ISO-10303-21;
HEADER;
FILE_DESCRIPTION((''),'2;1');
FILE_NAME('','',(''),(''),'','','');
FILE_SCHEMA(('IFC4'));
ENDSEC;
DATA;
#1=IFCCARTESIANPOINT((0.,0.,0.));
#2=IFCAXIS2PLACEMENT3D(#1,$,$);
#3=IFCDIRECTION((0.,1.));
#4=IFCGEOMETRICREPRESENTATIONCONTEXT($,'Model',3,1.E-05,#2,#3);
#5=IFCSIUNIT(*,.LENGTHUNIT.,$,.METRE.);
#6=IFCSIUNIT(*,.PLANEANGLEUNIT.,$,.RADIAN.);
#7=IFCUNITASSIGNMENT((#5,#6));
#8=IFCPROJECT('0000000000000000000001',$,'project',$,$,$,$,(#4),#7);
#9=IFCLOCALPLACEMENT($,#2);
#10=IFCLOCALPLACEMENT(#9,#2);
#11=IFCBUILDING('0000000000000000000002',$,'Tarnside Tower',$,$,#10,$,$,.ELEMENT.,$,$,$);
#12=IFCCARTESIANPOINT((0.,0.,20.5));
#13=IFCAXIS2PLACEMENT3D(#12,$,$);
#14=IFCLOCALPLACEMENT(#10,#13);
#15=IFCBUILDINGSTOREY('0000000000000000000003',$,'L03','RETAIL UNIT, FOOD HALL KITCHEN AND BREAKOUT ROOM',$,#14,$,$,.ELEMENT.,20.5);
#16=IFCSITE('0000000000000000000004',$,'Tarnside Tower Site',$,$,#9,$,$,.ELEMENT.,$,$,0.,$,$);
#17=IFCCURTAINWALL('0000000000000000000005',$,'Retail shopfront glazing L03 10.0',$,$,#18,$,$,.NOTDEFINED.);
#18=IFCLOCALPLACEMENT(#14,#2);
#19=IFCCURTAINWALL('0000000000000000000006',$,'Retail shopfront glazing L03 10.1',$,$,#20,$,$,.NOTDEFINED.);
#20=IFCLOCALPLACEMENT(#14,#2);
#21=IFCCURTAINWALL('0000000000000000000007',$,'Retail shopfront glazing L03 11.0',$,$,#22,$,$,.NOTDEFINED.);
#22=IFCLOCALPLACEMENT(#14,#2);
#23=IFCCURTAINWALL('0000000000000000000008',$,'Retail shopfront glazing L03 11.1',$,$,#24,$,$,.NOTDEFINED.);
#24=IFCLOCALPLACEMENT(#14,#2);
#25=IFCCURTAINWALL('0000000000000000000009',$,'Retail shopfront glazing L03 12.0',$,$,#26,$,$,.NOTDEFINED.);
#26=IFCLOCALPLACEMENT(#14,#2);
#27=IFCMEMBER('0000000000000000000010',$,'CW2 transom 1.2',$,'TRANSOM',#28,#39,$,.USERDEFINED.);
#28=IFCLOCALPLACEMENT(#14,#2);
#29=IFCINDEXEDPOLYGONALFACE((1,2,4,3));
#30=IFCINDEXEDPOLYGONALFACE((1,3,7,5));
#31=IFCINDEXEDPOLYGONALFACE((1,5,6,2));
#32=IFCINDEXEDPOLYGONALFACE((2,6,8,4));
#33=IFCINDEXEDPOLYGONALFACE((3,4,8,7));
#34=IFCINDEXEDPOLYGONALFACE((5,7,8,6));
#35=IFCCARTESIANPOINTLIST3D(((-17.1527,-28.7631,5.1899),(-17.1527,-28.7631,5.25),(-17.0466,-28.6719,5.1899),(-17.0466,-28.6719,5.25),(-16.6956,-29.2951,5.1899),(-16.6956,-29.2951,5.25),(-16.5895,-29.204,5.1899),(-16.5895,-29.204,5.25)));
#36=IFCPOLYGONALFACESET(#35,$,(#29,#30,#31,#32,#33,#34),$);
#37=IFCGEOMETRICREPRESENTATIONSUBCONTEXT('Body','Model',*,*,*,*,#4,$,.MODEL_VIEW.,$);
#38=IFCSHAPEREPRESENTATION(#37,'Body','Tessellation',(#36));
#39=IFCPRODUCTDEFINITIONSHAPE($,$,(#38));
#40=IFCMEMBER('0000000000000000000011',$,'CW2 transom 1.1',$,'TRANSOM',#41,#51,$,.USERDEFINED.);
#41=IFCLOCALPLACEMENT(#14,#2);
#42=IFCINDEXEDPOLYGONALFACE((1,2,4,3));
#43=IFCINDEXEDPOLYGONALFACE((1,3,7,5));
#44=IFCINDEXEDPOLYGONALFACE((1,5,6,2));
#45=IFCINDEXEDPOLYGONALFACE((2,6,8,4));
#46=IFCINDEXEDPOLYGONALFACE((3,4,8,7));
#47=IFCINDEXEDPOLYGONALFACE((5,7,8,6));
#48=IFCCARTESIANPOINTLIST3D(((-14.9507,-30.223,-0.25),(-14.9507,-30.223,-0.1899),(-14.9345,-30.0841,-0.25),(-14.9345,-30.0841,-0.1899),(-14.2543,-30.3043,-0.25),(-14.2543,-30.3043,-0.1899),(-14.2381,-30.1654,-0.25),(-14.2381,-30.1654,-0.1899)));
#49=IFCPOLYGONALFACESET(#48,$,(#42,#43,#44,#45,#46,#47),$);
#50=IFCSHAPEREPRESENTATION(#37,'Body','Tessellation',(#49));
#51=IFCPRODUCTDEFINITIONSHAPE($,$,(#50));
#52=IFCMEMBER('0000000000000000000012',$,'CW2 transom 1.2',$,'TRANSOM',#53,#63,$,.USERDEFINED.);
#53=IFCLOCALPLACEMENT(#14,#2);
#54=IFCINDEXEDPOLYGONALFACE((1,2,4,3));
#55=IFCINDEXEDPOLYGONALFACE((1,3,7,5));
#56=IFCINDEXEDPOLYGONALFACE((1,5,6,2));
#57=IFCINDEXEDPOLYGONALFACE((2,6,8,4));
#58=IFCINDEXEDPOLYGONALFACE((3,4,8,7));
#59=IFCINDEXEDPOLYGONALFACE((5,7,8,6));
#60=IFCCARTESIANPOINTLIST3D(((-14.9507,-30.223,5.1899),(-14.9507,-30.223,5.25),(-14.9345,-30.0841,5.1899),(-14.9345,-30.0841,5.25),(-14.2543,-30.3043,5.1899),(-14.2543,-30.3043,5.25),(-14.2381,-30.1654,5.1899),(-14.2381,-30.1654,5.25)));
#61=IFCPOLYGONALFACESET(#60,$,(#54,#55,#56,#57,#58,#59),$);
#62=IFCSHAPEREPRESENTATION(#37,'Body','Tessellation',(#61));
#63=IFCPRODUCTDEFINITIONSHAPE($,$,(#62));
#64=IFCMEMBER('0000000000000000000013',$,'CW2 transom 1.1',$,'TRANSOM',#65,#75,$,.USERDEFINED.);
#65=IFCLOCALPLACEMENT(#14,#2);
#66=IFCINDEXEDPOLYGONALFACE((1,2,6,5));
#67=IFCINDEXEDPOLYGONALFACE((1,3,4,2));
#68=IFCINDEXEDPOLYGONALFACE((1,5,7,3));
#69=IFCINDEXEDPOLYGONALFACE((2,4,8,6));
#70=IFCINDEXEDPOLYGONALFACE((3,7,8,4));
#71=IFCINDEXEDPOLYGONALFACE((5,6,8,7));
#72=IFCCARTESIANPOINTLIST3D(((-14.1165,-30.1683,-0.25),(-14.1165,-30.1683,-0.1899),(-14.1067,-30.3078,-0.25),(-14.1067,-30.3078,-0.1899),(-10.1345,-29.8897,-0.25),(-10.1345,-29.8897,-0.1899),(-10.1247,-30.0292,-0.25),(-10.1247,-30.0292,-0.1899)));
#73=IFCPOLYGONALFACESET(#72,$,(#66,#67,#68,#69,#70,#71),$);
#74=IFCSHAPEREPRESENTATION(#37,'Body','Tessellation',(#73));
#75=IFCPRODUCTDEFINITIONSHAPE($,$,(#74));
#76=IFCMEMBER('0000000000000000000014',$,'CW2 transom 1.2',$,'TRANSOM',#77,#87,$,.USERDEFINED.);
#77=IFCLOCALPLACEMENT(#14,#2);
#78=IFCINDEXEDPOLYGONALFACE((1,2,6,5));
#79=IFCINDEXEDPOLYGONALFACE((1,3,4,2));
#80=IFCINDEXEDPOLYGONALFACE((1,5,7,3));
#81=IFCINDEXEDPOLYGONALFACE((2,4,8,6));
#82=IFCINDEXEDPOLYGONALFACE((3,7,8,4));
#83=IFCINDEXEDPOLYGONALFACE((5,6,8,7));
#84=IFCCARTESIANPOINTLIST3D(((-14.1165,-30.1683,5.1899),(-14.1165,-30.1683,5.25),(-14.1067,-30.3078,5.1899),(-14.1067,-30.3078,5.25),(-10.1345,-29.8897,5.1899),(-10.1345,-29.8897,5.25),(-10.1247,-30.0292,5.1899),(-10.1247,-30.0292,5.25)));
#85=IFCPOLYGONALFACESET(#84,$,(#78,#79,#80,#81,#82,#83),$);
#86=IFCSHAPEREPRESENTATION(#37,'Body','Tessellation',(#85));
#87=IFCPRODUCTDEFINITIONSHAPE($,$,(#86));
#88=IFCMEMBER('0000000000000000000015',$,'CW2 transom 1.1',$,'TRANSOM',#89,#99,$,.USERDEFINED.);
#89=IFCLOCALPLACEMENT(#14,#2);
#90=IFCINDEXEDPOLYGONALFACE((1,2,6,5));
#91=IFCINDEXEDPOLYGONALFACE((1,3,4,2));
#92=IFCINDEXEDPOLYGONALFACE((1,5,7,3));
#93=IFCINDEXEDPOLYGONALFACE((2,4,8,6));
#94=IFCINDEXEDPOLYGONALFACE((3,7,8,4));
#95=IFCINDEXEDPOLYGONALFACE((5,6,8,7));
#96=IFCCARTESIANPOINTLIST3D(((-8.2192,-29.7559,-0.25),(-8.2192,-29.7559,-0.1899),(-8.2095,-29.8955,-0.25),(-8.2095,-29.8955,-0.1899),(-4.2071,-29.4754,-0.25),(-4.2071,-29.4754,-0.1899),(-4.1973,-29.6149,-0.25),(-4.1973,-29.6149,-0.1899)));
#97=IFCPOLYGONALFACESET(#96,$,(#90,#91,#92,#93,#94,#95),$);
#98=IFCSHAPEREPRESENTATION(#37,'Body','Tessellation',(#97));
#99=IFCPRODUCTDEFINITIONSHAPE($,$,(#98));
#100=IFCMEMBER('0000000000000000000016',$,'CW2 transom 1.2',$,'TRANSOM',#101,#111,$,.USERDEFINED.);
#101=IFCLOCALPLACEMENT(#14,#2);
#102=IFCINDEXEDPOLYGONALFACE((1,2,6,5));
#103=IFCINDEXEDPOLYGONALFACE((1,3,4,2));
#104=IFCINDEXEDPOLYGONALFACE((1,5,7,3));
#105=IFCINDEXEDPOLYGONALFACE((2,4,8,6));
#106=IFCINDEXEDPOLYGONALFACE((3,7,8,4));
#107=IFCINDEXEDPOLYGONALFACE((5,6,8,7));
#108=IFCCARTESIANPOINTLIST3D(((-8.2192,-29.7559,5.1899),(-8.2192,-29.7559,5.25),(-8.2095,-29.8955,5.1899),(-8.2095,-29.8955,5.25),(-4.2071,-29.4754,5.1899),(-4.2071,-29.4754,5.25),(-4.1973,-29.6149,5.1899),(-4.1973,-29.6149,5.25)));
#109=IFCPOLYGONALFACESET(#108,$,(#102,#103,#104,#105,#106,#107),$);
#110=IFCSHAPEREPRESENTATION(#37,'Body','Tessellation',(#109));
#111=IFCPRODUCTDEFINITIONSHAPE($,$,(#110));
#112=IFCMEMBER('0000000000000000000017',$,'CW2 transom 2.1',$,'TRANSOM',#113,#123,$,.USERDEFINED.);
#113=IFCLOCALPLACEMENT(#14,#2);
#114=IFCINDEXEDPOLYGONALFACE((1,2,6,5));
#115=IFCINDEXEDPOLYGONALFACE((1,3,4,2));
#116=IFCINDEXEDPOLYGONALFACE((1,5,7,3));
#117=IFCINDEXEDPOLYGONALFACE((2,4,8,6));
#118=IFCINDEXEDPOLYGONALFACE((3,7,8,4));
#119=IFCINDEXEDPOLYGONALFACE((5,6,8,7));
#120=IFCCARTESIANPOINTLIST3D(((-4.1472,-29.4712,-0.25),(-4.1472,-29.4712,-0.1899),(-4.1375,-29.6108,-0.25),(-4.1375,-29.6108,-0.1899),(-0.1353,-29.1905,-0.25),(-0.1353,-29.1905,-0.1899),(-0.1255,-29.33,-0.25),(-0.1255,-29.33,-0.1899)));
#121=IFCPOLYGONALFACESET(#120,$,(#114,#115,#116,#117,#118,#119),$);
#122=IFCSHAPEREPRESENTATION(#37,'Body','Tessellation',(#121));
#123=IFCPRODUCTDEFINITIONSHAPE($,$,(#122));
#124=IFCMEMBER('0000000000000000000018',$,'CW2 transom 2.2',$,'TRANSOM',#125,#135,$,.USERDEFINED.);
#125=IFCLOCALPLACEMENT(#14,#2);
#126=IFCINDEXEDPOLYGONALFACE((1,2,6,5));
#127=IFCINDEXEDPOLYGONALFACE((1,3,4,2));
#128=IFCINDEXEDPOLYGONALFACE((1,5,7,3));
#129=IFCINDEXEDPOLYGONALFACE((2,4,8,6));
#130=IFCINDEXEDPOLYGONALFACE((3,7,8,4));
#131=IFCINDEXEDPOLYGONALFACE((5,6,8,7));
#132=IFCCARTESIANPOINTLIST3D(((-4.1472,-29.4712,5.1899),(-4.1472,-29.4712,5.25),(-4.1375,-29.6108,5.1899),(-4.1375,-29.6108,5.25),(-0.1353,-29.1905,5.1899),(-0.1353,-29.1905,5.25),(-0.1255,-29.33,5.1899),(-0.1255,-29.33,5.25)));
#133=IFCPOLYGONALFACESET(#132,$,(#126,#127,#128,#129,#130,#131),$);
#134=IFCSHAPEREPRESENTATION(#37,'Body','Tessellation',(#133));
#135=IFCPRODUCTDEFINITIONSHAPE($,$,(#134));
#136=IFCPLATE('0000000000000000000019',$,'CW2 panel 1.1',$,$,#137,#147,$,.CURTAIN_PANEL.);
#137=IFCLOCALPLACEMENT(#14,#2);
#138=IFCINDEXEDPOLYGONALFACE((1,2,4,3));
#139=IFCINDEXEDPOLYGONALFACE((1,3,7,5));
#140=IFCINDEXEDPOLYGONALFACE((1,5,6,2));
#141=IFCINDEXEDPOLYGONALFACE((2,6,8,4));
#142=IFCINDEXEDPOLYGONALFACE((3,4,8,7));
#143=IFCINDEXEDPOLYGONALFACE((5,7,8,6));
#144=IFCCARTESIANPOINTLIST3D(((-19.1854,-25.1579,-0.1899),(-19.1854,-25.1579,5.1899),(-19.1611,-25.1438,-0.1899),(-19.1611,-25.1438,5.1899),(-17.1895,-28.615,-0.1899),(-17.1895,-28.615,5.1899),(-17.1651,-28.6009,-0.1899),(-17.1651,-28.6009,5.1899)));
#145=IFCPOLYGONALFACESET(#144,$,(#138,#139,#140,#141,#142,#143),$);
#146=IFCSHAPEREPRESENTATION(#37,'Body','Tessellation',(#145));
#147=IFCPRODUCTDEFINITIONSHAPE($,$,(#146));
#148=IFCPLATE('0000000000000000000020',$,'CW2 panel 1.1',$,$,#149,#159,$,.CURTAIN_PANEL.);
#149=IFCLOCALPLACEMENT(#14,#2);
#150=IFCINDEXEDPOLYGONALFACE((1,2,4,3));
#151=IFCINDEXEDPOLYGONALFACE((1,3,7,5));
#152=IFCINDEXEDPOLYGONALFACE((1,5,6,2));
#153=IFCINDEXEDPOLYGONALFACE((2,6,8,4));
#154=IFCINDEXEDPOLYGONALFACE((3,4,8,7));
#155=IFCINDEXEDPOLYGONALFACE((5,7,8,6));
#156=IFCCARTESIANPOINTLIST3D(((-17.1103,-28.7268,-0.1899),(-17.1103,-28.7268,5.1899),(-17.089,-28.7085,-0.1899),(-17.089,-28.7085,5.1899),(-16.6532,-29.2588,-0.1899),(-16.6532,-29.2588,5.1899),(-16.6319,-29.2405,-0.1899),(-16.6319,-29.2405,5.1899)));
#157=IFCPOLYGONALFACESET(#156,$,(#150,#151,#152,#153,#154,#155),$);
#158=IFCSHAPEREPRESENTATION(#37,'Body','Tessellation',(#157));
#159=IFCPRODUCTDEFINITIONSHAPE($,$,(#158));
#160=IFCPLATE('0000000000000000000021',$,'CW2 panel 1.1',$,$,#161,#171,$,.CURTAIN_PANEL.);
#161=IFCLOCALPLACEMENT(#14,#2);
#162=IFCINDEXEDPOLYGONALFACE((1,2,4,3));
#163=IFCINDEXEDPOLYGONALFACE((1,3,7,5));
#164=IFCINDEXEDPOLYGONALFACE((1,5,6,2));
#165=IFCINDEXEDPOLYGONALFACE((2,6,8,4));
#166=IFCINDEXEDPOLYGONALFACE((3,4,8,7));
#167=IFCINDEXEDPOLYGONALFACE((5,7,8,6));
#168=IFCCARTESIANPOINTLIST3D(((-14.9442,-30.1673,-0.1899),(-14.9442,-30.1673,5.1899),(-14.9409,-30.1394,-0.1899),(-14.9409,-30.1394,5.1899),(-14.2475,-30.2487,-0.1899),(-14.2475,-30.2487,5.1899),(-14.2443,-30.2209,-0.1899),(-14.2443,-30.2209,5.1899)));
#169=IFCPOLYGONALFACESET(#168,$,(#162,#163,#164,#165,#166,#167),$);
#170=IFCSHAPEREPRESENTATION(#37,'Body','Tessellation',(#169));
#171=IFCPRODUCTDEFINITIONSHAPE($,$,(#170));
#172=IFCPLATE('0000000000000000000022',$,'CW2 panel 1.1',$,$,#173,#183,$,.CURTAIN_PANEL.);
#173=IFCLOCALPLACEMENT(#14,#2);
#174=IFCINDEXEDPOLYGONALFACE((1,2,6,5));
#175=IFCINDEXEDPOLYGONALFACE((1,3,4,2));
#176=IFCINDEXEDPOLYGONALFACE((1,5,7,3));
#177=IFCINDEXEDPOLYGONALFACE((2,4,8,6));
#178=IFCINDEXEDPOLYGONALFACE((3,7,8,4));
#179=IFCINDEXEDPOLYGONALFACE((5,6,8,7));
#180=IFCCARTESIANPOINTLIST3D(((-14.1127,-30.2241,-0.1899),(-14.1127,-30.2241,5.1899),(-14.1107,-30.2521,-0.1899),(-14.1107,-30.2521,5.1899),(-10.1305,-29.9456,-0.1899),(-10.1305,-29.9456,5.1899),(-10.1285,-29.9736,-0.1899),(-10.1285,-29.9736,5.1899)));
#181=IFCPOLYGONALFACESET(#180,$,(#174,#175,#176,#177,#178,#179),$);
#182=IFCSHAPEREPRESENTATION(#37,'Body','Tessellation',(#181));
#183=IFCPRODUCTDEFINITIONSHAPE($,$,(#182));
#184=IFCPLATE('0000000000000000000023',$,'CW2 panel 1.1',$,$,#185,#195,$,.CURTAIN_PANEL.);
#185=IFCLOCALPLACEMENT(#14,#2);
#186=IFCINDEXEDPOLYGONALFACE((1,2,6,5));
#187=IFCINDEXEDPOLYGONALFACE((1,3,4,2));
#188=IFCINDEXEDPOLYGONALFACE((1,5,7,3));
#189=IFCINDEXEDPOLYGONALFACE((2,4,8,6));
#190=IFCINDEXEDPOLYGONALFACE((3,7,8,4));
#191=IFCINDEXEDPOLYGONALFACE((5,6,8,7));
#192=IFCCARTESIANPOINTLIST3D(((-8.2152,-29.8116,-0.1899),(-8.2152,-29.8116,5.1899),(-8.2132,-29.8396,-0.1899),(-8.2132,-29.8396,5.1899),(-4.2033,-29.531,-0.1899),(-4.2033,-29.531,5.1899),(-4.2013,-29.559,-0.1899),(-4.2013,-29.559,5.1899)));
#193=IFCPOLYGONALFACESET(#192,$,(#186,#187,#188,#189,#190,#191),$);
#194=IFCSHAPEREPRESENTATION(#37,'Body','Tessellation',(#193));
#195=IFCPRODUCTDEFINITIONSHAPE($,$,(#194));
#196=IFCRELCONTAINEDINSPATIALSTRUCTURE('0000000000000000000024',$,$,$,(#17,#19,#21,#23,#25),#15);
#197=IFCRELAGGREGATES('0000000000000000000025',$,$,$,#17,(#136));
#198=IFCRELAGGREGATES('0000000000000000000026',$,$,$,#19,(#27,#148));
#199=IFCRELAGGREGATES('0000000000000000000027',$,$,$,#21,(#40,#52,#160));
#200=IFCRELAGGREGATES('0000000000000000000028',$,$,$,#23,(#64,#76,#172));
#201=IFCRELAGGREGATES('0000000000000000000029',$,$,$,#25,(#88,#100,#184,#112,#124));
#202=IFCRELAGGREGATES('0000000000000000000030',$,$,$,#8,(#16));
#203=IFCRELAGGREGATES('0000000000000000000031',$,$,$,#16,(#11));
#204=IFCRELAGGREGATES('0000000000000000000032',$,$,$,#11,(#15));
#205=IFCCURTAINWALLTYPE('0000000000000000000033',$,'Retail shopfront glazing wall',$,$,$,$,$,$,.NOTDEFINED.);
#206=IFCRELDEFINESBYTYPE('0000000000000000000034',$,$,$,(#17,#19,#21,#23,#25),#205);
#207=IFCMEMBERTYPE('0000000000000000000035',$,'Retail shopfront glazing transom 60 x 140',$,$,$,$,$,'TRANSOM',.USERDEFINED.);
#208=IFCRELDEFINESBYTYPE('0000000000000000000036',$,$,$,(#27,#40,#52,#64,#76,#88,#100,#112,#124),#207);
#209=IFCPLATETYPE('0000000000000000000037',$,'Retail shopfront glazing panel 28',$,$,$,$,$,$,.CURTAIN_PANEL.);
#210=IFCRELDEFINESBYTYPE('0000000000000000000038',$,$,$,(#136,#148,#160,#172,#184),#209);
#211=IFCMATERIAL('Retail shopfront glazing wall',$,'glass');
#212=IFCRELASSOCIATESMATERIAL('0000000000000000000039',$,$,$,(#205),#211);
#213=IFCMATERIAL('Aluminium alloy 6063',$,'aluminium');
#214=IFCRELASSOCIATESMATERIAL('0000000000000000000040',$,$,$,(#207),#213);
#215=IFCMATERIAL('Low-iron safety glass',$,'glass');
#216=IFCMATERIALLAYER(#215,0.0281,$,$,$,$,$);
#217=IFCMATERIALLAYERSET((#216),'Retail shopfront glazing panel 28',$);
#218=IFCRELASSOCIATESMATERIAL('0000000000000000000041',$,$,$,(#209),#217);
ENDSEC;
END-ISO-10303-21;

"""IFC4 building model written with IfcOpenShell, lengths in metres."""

from ifc_helpers import new_model, si_unit, direction, frame, origin, origin_2d, place, context, subcontext, project, spatial, rectangle, extrude, material, layer, layer_set, material_profile, profile_set, type_object, element, aggregate, save


model = new_model("IFC4")

# Units and contexts
model_context = context("Model", 3, precision=1e-05, world=origin(), true_north=direction((0.0, 1.0)))
body_context = subcontext(model_context, "Body", "Model", "MODEL_VIEW")
ifc_project = project(units=[si_unit("LENGTHUNIT", "METRE"), si_unit("PLANEANGLEUNIT", "RADIAN")], contexts=[model_context])

# Site, building, storey
site_placement = place(None, origin())
site = spatial("IfcSite", under=ifc_project, at=site_placement, Name="Tarnside Tower Site", CompositionType="ELEMENT", RefElevation=0.0)
building_placement = place(site_placement, origin())
building = spatial("IfcBuilding", under=site, at=building_placement, Name="Tarnside Tower", CompositionType="ELEMENT")
storey_placement = place(building_placement, frame((0.0, 0.0, 20.5)))
storey = spatial("IfcBuildingStorey", under=building, at=storey_placement, Name="L03", Description="RETAIL UNIT, FOOD HALL KITCHEN AND BREAKOUT ROOM", CompositionType="ELEMENT", Elevation=20.5)

# Curtain wall
ifc_material_1 = material(Name="Retail shopfront glazing wall", Category="glass")
curtain_wall_type = type_object("IfcCurtainWallType", Name="Retail shopfront glazing wall", PredefinedType="NOTDEFINED", material=ifc_material_1)
curtain_wall_1_placement = place(storey_placement, origin())
curtain_wall_1 = element("IfcCurtainWall", 1, at=curtain_wall_1_placement, inside=storey, type_object=curtain_wall_type, Name="Retail shopfront glazing L03 10.0", PredefinedType="NOTDEFINED")
ifc_material_2 = material(Name="Aluminium alloy 6063", Category="aluminium")

# Curtain walls
curtain_wall_2_placement = place(storey_placement, origin())
curtain_wall_2 = element("IfcCurtainWall", 2, at=curtain_wall_2_placement, inside=storey, type_object=curtain_wall_type, Name="Retail shopfront glazing L03 10.1", PredefinedType="NOTDEFINED")
curtain_wall_3_placement = place(storey_placement, origin())
curtain_wall_3 = element("IfcCurtainWall", 3, at=curtain_wall_3_placement, inside=storey, type_object=curtain_wall_type, Name="Retail shopfront glazing L03 11.0", PredefinedType="NOTDEFINED")
curtain_wall_4_placement = place(storey_placement, origin())
curtain_wall_4 = element("IfcCurtainWall", 4, at=curtain_wall_4_placement, inside=storey, type_object=curtain_wall_type, Name="Retail shopfront glazing L03 11.1", PredefinedType="NOTDEFINED")
curtain_wall_5_placement = place(storey_placement, origin())
curtain_wall_5 = element("IfcCurtainWall", 5, at=curtain_wall_5_placement, inside=storey, type_object=curtain_wall_type, Name="Retail shopfront glazing L03 12.0", PredefinedType="NOTDEFINED")

# Members
ifc_material_profile_1 = material_profile(ifc_material_2, rectangle(XDim=0.1399, YDim=0.0601, at=origin_2d()), Name="Retail shopfront glazing transom 60 x 140")
ifc_profile_set_1 = profile_set([ifc_material_profile_1], Name="Aluminium alloy 6063")
member_type_1 = type_object("IfcMemberType", Name="Retail shopfront glazing transom 60 x 140", ElementType="TRANSOM", PredefinedType="USERDEFINED", material=ifc_profile_set_1)
member_1_placement = place(storey_placement, frame((-17.0996, -28.7175, 5.22), z_axis=(0.651651, -0.758519, 0.0), x_axis=(0.758519, 0.651651, 0.0)))
member_1 = element("IfcMember", 6, at=member_1_placement, type_object=member_type_1, Name="CW2 transom 1.2", ObjectType="TRANSOM", PredefinedType="USERDEFINED", context=body_context, shape_type="SweptSolid", body=[
    extrude(rectangle(XDim=0.1399, YDim=0.0601, at=origin_2d()), origin(), (0.0, 0.0, 1.0), 0.7014),
])
member_2_placement = place(storey_placement, frame((-14.9426, -30.1536, -0.22), z_axis=(0.993257, -0.115932, 0.0), x_axis=(0.115932, 0.993257, 0.0)))
member_2 = element("IfcMember", 7, at=member_2_placement, type_object=member_type_1, Name="CW2 transom 1.1", ObjectType="TRANSOM", PredefinedType="USERDEFINED", context=body_context, shape_type="SweptSolid", body=[
    extrude(rectangle(XDim=0.1399, YDim=0.0601, at=origin_2d()), origin(), (0.0, 0.0, 1.0), 0.7012),
])
member_3_placement = place(storey_placement, frame((-14.9426, -30.1536, 5.22), z_axis=(0.993257, -0.115932, 0.0), x_axis=(0.115932, 0.993257, 0.0)))
member_3 = element("IfcMember", 8, at=member_3_placement, type_object=member_type_1, Name="CW2 transom 1.2", ObjectType="TRANSOM", PredefinedType="USERDEFINED", context=body_context, shape_type="SweptSolid", body=[
    extrude(rectangle(XDim=0.1399, YDim=0.0601, at=origin_2d()), origin(), (0.0, 0.0, 1.0), 0.7012),
])
member_4_placement = place(storey_placement, frame((-14.1116, -30.238, -0.22), z_axis=(0.997562, 0.069787, 0.0), x_axis=(-0.069787, 0.997562, 0.0)))
member_4 = element("IfcMember", 9, at=member_4_placement, type_object=member_type_1, Name="CW2 transom 1.1", ObjectType="TRANSOM", PredefinedType="USERDEFINED", context=body_context, shape_type="SweptSolid", body=[
    extrude(rectangle(XDim=0.1399, YDim=0.0601, at=origin_2d()), origin(), (0.0, 0.0, 1.0), 3.9917),
])
member_5_placement = place(storey_placement, frame((-14.1116, -30.238, 5.22), z_axis=(0.997562, 0.069787, 0.0), x_axis=(-0.069787, 0.997562, 0.0)))
member_5 = element("IfcMember", 10, at=member_5_placement, type_object=member_type_1, Name="CW2 transom 1.2", ObjectType="TRANSOM", PredefinedType="USERDEFINED", context=body_context, shape_type="SweptSolid", body=[
    extrude(rectangle(XDim=0.1399, YDim=0.0601, at=origin_2d()), origin(), (0.0, 0.0, 1.0), 3.9917),
])
member_6_placement = place(storey_placement, frame((-8.2144, -29.8257, -0.22), z_axis=(0.997565, 0.069746, 0.0), x_axis=(-0.069746, 0.997565, 0.0)))
member_6 = element("IfcMember", 11, at=member_6_placement, type_object=member_type_1, Name="CW2 transom 1.1", ObjectType="TRANSOM", PredefinedType="USERDEFINED", context=body_context, shape_type="SweptSolid", body=[
    extrude(rectangle(XDim=0.1399, YDim=0.0601, at=origin_2d()), origin(), (0.0, 0.0, 1.0), 4.022),
])
member_7_placement = place(storey_placement, frame((-8.2144, -29.8257, 5.22), z_axis=(0.997565, 0.069746, 0.0), x_axis=(-0.069746, 0.997565, 0.0)))
member_7 = element("IfcMember", 12, at=member_7_placement, type_object=member_type_1, Name="CW2 transom 1.2", ObjectType="TRANSOM", PredefinedType="USERDEFINED", context=body_context, shape_type="SweptSolid", body=[
    extrude(rectangle(XDim=0.1399, YDim=0.0601, at=origin_2d()), origin(), (0.0, 0.0, 1.0), 4.022),
])
member_8_placement = place(storey_placement, frame((-4.1423, -29.541, -0.22), z_axis=(0.99756, 0.06981, 0.0), x_axis=(-0.06981, 0.99756, 0.0)))
member_8 = element("IfcMember", 13, at=member_8_placement, type_object=member_type_1, Name="CW2 transom 2.1", ObjectType="TRANSOM", PredefinedType="USERDEFINED", context=body_context, shape_type="SweptSolid", body=[
    extrude(rectangle(XDim=0.1399, YDim=0.0601, at=origin_2d()), origin(), (0.0, 0.0, 1.0), 4.0217),
])
member_9_placement = place(storey_placement, frame((-4.1423, -29.541, 5.22), z_axis=(0.99756, 0.06981, 0.0), x_axis=(-0.06981, 0.99756, 0.0)))
member_9 = element("IfcMember", 14, at=member_9_placement, type_object=member_type_1, Name="CW2 transom 2.2", ObjectType="TRANSOM", PredefinedType="USERDEFINED", context=body_context, shape_type="SweptSolid", body=[
    extrude(rectangle(XDim=0.1399, YDim=0.0601, at=origin_2d()), origin(), (0.0, 0.0, 1.0), 4.0217),
])

# Plates
ifc_material_3 = material(Name="Low-iron safety glass", Category="glass")
ifc_layer_1 = layer(ifc_material_3, 0.0281)
ifc_layer_set_1 = layer_set([ifc_layer_1], Name="Retail shopfront glazing panel 28")
plate_type = type_object("IfcPlateType", Name="Retail shopfront glazing panel 28", PredefinedType="CURTAIN_PANEL", material=ifc_layer_set_1)
plate_1_placement = place(storey_placement, frame((-18.1753, -26.8794, -0.1899), z_axis=(0.0, 0.0, 1.0), x_axis=(0.5, -0.866025, 0.0)))
plate_1 = element("IfcPlate", 15, at=plate_1_placement, type_object=plate_type, Name="CW2 panel 1.1", PredefinedType="CURTAIN_PANEL", context=body_context, shape_type="SweptSolid", body=[
    extrude(rectangle(XDim=3.9919, YDim=0.0281, at=origin_2d()), origin(), (0.0, 0.0, 1.0), 5.3799),
])
aggregate(curtain_wall_1, [plate_1])
plate_2_placement = place(storey_placement, frame((-16.8711, -28.9836, -0.1899), z_axis=(0.0, 0.0, 1.0), x_axis=(0.651657, -0.758514, 0.0)))
plate_2 = element("IfcPlate", 16, at=plate_2_placement, type_object=plate_type, Name="CW2 panel 1.1", PredefinedType="CURTAIN_PANEL", context=body_context, shape_type="SweptSolid", body=[
    extrude(rectangle(XDim=0.7014, YDim=0.0281, at=origin_2d()), origin(), (0.0, 0.0, 1.0), 5.3799),
])
aggregate(curtain_wall_2, [member_1, plate_2])
plate_3_placement = place(storey_placement, frame((-14.5942, -30.1941, -0.1899), z_axis=(0.0, 0.0, 1.0), x_axis=(0.993238, -0.116093, 0.0)))
plate_3 = element("IfcPlate", 17, at=plate_3_placement, type_object=plate_type, Name="CW2 panel 1.1", PredefinedType="CURTAIN_PANEL", context=body_context, shape_type="SweptSolid", body=[
    extrude(rectangle(XDim=0.7014, YDim=0.0281, at=origin_2d()), origin(), (0.0, 0.0, 1.0), 5.3799),
])
aggregate(curtain_wall_3, [member_2, member_3, plate_3])
plate_4_placement = place(storey_placement, frame((-12.1206, -30.0989, -0.1899), z_axis=(0.0, 0.0, 1.0), x_axis=(0.997564, 0.069756, 0.0)))
plate_4 = element("IfcPlate", 18, at=plate_4_placement, type_object=plate_type, Name="CW2 panel 1.1", PredefinedType="CURTAIN_PANEL", context=body_context, shape_type="SweptSolid", body=[
    extrude(rectangle(XDim=3.9919, YDim=0.0281, at=origin_2d()), origin(), (0.0, 0.0, 1.0), 5.3799),
])
aggregate(curtain_wall_4, [member_4, member_5, plate_4])
plate_5_placement = place(storey_placement, frame((-6.2083, -29.6853, -0.1899), z_axis=(0.0, 0.0, 1.0), x_axis=(0.997564, 0.069756, 0.0)))
plate_5 = element("IfcPlate", 19, at=plate_5_placement, type_object=plate_type, Name="CW2 panel 1.1", PredefinedType="CURTAIN_PANEL", context=body_context, shape_type="SweptSolid", body=[
    extrude(rectangle(XDim=4.0217, YDim=0.0281, at=origin_2d()), origin(), (0.0, 0.0, 1.0), 5.3799),
])
aggregate(curtain_wall_5, [member_6, member_7, plate_5, member_8, member_9])

save(model, "model.ifc")
